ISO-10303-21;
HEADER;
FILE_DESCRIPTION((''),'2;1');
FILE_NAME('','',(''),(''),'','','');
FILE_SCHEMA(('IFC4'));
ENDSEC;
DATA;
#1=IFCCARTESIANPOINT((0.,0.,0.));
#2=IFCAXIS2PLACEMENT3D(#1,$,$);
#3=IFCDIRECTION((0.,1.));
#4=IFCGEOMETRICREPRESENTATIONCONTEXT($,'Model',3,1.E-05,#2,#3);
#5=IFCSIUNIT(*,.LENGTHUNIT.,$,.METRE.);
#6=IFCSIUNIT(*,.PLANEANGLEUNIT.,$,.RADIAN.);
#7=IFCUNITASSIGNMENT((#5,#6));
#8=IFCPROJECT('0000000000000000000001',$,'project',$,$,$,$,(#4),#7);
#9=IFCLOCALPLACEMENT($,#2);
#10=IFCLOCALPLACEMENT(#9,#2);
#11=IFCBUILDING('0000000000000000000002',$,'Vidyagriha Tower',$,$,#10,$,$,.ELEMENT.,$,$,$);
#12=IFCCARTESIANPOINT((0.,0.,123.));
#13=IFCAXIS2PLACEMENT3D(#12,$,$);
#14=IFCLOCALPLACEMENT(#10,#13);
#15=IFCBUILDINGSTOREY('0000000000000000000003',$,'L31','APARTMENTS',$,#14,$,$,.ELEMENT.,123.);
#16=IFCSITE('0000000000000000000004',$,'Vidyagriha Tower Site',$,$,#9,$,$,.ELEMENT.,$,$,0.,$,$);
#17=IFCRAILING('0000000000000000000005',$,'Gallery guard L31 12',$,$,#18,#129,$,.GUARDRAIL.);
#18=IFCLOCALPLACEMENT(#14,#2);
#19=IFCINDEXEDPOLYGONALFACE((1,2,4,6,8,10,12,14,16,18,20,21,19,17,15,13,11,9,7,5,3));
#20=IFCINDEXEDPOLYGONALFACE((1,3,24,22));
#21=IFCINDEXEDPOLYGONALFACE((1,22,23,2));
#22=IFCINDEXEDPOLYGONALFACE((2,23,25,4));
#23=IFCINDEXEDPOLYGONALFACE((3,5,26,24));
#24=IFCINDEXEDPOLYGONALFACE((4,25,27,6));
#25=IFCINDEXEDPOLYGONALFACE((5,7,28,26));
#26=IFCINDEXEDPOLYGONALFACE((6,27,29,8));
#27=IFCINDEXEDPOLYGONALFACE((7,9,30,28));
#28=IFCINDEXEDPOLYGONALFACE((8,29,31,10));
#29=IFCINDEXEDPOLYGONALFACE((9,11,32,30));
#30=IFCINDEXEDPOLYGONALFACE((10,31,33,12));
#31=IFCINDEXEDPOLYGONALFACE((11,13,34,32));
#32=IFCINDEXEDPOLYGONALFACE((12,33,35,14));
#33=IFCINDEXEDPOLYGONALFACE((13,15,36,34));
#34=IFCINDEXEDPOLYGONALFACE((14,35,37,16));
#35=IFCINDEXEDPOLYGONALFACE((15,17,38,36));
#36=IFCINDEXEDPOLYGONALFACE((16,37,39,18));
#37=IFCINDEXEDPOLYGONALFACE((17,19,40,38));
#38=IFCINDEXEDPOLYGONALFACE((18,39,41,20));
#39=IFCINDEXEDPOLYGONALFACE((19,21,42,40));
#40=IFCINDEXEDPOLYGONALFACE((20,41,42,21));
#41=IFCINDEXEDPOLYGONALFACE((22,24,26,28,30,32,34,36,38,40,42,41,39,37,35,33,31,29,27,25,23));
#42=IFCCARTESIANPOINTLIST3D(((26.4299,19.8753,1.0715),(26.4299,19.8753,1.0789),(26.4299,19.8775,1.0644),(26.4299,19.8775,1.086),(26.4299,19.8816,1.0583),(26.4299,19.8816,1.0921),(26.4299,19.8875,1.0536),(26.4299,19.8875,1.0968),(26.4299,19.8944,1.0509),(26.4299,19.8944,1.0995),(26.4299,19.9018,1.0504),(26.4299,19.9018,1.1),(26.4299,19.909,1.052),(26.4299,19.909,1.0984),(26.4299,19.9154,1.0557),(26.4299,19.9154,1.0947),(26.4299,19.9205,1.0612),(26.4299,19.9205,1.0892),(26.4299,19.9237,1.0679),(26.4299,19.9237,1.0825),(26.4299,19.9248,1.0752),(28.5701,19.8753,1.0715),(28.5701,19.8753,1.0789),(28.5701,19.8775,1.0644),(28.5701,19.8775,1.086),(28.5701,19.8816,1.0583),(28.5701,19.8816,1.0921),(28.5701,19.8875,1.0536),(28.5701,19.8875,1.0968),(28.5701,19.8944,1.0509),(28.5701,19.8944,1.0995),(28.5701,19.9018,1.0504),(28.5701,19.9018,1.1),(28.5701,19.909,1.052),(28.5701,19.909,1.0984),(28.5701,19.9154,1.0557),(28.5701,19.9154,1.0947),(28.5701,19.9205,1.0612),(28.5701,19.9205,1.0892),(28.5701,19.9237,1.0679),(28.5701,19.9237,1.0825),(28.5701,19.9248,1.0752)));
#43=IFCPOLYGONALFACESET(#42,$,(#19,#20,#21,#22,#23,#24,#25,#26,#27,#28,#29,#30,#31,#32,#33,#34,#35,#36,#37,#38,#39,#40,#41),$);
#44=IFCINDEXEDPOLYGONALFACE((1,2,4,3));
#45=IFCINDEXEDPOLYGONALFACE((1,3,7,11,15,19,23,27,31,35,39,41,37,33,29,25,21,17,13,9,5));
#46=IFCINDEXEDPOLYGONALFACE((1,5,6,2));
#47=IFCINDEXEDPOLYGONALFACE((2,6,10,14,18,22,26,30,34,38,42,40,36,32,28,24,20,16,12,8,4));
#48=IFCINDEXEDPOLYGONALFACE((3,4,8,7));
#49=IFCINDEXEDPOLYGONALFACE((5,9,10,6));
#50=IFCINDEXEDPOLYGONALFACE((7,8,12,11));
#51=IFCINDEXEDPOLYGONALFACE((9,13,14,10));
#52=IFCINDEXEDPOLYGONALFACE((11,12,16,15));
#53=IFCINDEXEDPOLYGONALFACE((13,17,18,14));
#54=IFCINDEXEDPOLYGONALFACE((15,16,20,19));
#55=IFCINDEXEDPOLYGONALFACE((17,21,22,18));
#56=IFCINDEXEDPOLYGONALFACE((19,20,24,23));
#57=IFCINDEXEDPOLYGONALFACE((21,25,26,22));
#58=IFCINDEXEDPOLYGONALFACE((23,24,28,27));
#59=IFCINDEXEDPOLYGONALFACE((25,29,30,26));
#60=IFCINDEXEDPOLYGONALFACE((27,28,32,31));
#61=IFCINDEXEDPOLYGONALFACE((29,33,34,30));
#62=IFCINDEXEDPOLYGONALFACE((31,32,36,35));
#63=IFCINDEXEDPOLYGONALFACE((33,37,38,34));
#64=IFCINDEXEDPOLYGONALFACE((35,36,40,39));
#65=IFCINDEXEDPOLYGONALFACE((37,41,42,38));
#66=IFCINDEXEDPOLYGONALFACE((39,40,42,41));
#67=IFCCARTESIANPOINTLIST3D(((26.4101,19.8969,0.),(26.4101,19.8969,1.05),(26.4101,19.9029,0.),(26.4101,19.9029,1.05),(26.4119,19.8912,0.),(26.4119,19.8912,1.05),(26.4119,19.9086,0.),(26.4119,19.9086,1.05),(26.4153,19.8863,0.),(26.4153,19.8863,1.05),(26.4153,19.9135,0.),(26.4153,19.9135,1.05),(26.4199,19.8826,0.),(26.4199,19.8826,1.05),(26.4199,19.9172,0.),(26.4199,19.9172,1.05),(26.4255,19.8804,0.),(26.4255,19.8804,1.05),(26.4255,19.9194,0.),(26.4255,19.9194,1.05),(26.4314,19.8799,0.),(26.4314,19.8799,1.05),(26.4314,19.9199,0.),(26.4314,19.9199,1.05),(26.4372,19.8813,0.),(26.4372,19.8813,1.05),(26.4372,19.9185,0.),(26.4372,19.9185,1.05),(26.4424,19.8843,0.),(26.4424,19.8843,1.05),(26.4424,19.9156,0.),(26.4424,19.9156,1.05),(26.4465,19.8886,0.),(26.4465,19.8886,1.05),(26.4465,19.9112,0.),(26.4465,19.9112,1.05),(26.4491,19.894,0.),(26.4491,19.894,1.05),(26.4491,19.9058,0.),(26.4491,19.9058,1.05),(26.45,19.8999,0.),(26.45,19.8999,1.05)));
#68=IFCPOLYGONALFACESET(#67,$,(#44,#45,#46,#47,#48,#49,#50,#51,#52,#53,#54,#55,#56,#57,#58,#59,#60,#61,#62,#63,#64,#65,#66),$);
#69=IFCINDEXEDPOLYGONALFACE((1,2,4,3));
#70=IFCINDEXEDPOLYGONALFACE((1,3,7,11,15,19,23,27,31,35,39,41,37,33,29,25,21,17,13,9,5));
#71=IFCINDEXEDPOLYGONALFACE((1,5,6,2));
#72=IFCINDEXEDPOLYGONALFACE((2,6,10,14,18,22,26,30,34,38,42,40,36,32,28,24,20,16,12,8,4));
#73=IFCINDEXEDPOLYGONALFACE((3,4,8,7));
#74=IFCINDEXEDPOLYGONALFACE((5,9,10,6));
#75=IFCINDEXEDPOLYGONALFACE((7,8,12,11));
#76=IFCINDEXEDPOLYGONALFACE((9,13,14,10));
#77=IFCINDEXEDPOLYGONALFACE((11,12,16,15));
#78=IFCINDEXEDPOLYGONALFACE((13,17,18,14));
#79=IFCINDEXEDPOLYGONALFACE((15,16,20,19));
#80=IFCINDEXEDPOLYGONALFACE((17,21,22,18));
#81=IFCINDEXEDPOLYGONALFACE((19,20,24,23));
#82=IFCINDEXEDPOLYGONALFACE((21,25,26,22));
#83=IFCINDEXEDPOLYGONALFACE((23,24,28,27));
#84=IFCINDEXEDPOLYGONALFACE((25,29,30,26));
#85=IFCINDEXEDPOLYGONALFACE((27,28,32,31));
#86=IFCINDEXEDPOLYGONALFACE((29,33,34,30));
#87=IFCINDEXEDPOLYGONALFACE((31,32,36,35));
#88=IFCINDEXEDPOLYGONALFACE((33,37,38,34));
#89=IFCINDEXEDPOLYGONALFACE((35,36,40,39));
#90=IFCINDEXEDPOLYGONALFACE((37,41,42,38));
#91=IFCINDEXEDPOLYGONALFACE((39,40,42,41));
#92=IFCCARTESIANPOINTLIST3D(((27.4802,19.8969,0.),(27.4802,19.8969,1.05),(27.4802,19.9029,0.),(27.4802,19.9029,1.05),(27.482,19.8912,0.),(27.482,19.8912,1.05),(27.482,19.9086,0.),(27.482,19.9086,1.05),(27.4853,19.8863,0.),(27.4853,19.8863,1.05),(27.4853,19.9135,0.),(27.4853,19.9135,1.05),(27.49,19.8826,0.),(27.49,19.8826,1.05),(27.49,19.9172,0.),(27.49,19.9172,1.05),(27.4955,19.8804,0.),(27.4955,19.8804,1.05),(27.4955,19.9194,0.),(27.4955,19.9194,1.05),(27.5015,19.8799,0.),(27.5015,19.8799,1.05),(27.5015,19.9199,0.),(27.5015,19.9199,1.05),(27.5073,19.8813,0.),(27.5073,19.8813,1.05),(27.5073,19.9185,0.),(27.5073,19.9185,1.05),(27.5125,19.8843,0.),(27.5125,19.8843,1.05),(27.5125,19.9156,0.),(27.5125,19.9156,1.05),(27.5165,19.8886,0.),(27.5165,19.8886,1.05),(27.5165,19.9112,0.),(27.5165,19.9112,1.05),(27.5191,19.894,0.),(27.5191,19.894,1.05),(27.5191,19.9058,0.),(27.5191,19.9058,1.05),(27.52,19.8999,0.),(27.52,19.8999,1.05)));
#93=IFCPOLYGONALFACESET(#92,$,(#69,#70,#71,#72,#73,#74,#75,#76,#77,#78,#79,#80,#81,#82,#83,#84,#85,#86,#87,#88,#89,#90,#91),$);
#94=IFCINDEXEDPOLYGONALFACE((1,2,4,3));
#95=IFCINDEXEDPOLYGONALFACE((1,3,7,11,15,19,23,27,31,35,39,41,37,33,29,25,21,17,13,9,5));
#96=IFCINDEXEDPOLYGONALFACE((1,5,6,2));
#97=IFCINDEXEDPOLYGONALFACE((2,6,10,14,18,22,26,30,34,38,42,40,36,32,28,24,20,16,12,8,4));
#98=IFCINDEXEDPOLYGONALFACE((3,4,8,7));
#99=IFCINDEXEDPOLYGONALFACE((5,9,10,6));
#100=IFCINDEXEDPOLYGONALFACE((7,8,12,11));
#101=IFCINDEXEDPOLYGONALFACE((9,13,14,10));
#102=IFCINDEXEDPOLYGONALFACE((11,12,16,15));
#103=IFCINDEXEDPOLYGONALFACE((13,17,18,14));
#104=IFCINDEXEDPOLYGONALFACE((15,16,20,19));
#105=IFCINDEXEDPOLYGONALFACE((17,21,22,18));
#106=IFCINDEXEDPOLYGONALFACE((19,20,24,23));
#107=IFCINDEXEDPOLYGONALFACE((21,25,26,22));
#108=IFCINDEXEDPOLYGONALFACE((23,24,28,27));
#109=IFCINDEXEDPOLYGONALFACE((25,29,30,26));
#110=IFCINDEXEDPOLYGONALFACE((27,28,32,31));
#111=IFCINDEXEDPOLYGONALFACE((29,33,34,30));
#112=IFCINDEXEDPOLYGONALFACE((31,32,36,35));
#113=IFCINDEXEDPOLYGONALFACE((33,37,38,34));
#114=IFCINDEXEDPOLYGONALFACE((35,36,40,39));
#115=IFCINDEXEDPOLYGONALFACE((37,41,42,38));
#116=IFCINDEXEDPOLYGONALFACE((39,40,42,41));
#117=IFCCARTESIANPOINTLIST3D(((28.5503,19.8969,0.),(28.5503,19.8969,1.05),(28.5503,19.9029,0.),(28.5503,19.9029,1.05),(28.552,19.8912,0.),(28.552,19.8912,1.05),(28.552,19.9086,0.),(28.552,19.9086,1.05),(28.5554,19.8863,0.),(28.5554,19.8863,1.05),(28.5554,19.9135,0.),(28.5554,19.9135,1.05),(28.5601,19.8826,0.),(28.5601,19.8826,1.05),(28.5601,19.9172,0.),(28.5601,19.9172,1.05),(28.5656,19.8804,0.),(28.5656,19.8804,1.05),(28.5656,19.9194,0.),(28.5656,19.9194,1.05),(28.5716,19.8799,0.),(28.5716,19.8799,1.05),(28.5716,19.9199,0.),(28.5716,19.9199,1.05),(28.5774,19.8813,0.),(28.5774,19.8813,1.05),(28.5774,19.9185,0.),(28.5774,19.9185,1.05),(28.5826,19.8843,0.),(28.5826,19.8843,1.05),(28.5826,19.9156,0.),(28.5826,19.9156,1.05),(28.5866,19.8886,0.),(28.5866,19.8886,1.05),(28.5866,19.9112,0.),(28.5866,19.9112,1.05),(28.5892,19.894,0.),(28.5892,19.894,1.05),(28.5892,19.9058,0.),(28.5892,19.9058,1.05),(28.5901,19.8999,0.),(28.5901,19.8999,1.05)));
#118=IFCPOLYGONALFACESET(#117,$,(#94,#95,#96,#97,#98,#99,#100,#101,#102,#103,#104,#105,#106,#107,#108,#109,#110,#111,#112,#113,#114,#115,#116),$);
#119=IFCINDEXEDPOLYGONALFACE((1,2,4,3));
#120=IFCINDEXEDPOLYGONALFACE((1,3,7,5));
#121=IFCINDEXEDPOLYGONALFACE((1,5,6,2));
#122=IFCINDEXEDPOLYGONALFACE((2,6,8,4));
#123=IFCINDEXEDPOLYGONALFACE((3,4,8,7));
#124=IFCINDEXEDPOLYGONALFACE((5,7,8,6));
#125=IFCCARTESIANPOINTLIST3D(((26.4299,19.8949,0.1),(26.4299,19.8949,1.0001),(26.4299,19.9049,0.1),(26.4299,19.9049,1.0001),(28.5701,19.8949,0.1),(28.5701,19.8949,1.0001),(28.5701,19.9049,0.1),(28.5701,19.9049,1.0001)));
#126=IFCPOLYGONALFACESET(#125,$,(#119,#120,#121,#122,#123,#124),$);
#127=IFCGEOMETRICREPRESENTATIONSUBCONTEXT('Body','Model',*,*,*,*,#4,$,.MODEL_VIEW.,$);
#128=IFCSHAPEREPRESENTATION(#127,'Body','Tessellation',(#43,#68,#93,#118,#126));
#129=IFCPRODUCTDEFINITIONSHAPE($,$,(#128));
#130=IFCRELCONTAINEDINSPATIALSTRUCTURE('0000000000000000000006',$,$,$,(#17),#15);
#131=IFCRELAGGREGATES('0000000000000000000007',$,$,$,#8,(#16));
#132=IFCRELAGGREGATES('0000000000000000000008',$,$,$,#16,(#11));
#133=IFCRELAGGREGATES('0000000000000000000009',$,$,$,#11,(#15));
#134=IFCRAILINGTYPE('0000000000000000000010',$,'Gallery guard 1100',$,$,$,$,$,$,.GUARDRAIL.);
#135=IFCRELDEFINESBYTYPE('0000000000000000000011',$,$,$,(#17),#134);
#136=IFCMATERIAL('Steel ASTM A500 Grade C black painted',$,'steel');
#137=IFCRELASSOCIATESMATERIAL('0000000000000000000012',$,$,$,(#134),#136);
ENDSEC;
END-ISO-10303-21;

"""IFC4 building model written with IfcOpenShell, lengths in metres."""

from ifc_helpers import new_model, si_unit, direction, frame, origin, origin_2d, place, context, subcontext, project, spatial, rectangle, circle, extrude, material, type_object, element, save


model = new_model("IFC4")

# Units and contexts
model_context = context("Model", 3, precision=1e-05, world=origin(), true_north=direction((0.0, 1.0)))
body_context = subcontext(model_context, "Body", "Model", "MODEL_VIEW")
ifc_project = project(units=[si_unit("LENGTHUNIT", "METRE"), si_unit("PLANEANGLEUNIT", "RADIAN")], contexts=[model_context])

# Site, building, storey
site_placement = place(None, origin())
site = spatial("IfcSite", under=ifc_project, at=site_placement, Name="Vidyagriha Tower Site", CompositionType="ELEMENT", RefElevation=0.0)
building_placement = place(site_placement, origin())
building = spatial("IfcBuilding", under=site, at=building_placement, Name="Vidyagriha Tower", CompositionType="ELEMENT")
storey_placement = place(building_placement, frame((0.0, 0.0, 123.0)))
storey = spatial("IfcBuildingStorey", under=building, at=storey_placement, Name="L31", Description="APARTMENTS", CompositionType="ELEMENT", Elevation=123.0)

# Railing
ifc_material_1 = material(Name="Steel ASTM A500 Grade C black painted", Category="steel")
railing_type = type_object("IfcRailingType", Name="Gallery guard 1100", PredefinedType="GUARDRAIL", material=ifc_material_1)
railing_1_placement = place(storey_placement, frame((26.4299, 19.8999, 0.0)))
element("IfcRailing", 1, at=railing_1_placement, inside=storey, type_object=railing_type, Name="Gallery guard L31 12", PredefinedType="GUARDRAIL", context=body_context, shape_type="SweptSolid", body=[
    extrude(circle(Radius=0.0249, at=origin_2d()), frame((0.0, 0.0, 1.0752), z_axis=(1.0, 0.0, 0.0), x_axis=(0.0, 1.0, 0.0)), (0.0, 0.0, 1.0), 2.1401),
    extrude(circle(Radius=0.02, at=origin_2d()), origin(), (0.0, 0.0, 1.0), 1.05),
    extrude(circle(Radius=0.02, at=origin_2d()), frame((1.0701, 0.0, 0.0)), (0.0, 0.0, 1.0), 1.05),
    extrude(circle(Radius=0.02, at=origin_2d()), frame((2.1401, 0.0, 0.0)), (0.0, 0.0, 1.0), 1.05),
    extrude(rectangle(XDim=0.01, YDim=0.9001, at=origin_2d()), frame((0.0, 0.0, 0.55), z_axis=(1.0, 0.0, 0.0), x_axis=(0.0, 1.0, 0.0)), (0.0, 0.0, 1.0), 2.1401),
])

save(model, "model.ifc")
